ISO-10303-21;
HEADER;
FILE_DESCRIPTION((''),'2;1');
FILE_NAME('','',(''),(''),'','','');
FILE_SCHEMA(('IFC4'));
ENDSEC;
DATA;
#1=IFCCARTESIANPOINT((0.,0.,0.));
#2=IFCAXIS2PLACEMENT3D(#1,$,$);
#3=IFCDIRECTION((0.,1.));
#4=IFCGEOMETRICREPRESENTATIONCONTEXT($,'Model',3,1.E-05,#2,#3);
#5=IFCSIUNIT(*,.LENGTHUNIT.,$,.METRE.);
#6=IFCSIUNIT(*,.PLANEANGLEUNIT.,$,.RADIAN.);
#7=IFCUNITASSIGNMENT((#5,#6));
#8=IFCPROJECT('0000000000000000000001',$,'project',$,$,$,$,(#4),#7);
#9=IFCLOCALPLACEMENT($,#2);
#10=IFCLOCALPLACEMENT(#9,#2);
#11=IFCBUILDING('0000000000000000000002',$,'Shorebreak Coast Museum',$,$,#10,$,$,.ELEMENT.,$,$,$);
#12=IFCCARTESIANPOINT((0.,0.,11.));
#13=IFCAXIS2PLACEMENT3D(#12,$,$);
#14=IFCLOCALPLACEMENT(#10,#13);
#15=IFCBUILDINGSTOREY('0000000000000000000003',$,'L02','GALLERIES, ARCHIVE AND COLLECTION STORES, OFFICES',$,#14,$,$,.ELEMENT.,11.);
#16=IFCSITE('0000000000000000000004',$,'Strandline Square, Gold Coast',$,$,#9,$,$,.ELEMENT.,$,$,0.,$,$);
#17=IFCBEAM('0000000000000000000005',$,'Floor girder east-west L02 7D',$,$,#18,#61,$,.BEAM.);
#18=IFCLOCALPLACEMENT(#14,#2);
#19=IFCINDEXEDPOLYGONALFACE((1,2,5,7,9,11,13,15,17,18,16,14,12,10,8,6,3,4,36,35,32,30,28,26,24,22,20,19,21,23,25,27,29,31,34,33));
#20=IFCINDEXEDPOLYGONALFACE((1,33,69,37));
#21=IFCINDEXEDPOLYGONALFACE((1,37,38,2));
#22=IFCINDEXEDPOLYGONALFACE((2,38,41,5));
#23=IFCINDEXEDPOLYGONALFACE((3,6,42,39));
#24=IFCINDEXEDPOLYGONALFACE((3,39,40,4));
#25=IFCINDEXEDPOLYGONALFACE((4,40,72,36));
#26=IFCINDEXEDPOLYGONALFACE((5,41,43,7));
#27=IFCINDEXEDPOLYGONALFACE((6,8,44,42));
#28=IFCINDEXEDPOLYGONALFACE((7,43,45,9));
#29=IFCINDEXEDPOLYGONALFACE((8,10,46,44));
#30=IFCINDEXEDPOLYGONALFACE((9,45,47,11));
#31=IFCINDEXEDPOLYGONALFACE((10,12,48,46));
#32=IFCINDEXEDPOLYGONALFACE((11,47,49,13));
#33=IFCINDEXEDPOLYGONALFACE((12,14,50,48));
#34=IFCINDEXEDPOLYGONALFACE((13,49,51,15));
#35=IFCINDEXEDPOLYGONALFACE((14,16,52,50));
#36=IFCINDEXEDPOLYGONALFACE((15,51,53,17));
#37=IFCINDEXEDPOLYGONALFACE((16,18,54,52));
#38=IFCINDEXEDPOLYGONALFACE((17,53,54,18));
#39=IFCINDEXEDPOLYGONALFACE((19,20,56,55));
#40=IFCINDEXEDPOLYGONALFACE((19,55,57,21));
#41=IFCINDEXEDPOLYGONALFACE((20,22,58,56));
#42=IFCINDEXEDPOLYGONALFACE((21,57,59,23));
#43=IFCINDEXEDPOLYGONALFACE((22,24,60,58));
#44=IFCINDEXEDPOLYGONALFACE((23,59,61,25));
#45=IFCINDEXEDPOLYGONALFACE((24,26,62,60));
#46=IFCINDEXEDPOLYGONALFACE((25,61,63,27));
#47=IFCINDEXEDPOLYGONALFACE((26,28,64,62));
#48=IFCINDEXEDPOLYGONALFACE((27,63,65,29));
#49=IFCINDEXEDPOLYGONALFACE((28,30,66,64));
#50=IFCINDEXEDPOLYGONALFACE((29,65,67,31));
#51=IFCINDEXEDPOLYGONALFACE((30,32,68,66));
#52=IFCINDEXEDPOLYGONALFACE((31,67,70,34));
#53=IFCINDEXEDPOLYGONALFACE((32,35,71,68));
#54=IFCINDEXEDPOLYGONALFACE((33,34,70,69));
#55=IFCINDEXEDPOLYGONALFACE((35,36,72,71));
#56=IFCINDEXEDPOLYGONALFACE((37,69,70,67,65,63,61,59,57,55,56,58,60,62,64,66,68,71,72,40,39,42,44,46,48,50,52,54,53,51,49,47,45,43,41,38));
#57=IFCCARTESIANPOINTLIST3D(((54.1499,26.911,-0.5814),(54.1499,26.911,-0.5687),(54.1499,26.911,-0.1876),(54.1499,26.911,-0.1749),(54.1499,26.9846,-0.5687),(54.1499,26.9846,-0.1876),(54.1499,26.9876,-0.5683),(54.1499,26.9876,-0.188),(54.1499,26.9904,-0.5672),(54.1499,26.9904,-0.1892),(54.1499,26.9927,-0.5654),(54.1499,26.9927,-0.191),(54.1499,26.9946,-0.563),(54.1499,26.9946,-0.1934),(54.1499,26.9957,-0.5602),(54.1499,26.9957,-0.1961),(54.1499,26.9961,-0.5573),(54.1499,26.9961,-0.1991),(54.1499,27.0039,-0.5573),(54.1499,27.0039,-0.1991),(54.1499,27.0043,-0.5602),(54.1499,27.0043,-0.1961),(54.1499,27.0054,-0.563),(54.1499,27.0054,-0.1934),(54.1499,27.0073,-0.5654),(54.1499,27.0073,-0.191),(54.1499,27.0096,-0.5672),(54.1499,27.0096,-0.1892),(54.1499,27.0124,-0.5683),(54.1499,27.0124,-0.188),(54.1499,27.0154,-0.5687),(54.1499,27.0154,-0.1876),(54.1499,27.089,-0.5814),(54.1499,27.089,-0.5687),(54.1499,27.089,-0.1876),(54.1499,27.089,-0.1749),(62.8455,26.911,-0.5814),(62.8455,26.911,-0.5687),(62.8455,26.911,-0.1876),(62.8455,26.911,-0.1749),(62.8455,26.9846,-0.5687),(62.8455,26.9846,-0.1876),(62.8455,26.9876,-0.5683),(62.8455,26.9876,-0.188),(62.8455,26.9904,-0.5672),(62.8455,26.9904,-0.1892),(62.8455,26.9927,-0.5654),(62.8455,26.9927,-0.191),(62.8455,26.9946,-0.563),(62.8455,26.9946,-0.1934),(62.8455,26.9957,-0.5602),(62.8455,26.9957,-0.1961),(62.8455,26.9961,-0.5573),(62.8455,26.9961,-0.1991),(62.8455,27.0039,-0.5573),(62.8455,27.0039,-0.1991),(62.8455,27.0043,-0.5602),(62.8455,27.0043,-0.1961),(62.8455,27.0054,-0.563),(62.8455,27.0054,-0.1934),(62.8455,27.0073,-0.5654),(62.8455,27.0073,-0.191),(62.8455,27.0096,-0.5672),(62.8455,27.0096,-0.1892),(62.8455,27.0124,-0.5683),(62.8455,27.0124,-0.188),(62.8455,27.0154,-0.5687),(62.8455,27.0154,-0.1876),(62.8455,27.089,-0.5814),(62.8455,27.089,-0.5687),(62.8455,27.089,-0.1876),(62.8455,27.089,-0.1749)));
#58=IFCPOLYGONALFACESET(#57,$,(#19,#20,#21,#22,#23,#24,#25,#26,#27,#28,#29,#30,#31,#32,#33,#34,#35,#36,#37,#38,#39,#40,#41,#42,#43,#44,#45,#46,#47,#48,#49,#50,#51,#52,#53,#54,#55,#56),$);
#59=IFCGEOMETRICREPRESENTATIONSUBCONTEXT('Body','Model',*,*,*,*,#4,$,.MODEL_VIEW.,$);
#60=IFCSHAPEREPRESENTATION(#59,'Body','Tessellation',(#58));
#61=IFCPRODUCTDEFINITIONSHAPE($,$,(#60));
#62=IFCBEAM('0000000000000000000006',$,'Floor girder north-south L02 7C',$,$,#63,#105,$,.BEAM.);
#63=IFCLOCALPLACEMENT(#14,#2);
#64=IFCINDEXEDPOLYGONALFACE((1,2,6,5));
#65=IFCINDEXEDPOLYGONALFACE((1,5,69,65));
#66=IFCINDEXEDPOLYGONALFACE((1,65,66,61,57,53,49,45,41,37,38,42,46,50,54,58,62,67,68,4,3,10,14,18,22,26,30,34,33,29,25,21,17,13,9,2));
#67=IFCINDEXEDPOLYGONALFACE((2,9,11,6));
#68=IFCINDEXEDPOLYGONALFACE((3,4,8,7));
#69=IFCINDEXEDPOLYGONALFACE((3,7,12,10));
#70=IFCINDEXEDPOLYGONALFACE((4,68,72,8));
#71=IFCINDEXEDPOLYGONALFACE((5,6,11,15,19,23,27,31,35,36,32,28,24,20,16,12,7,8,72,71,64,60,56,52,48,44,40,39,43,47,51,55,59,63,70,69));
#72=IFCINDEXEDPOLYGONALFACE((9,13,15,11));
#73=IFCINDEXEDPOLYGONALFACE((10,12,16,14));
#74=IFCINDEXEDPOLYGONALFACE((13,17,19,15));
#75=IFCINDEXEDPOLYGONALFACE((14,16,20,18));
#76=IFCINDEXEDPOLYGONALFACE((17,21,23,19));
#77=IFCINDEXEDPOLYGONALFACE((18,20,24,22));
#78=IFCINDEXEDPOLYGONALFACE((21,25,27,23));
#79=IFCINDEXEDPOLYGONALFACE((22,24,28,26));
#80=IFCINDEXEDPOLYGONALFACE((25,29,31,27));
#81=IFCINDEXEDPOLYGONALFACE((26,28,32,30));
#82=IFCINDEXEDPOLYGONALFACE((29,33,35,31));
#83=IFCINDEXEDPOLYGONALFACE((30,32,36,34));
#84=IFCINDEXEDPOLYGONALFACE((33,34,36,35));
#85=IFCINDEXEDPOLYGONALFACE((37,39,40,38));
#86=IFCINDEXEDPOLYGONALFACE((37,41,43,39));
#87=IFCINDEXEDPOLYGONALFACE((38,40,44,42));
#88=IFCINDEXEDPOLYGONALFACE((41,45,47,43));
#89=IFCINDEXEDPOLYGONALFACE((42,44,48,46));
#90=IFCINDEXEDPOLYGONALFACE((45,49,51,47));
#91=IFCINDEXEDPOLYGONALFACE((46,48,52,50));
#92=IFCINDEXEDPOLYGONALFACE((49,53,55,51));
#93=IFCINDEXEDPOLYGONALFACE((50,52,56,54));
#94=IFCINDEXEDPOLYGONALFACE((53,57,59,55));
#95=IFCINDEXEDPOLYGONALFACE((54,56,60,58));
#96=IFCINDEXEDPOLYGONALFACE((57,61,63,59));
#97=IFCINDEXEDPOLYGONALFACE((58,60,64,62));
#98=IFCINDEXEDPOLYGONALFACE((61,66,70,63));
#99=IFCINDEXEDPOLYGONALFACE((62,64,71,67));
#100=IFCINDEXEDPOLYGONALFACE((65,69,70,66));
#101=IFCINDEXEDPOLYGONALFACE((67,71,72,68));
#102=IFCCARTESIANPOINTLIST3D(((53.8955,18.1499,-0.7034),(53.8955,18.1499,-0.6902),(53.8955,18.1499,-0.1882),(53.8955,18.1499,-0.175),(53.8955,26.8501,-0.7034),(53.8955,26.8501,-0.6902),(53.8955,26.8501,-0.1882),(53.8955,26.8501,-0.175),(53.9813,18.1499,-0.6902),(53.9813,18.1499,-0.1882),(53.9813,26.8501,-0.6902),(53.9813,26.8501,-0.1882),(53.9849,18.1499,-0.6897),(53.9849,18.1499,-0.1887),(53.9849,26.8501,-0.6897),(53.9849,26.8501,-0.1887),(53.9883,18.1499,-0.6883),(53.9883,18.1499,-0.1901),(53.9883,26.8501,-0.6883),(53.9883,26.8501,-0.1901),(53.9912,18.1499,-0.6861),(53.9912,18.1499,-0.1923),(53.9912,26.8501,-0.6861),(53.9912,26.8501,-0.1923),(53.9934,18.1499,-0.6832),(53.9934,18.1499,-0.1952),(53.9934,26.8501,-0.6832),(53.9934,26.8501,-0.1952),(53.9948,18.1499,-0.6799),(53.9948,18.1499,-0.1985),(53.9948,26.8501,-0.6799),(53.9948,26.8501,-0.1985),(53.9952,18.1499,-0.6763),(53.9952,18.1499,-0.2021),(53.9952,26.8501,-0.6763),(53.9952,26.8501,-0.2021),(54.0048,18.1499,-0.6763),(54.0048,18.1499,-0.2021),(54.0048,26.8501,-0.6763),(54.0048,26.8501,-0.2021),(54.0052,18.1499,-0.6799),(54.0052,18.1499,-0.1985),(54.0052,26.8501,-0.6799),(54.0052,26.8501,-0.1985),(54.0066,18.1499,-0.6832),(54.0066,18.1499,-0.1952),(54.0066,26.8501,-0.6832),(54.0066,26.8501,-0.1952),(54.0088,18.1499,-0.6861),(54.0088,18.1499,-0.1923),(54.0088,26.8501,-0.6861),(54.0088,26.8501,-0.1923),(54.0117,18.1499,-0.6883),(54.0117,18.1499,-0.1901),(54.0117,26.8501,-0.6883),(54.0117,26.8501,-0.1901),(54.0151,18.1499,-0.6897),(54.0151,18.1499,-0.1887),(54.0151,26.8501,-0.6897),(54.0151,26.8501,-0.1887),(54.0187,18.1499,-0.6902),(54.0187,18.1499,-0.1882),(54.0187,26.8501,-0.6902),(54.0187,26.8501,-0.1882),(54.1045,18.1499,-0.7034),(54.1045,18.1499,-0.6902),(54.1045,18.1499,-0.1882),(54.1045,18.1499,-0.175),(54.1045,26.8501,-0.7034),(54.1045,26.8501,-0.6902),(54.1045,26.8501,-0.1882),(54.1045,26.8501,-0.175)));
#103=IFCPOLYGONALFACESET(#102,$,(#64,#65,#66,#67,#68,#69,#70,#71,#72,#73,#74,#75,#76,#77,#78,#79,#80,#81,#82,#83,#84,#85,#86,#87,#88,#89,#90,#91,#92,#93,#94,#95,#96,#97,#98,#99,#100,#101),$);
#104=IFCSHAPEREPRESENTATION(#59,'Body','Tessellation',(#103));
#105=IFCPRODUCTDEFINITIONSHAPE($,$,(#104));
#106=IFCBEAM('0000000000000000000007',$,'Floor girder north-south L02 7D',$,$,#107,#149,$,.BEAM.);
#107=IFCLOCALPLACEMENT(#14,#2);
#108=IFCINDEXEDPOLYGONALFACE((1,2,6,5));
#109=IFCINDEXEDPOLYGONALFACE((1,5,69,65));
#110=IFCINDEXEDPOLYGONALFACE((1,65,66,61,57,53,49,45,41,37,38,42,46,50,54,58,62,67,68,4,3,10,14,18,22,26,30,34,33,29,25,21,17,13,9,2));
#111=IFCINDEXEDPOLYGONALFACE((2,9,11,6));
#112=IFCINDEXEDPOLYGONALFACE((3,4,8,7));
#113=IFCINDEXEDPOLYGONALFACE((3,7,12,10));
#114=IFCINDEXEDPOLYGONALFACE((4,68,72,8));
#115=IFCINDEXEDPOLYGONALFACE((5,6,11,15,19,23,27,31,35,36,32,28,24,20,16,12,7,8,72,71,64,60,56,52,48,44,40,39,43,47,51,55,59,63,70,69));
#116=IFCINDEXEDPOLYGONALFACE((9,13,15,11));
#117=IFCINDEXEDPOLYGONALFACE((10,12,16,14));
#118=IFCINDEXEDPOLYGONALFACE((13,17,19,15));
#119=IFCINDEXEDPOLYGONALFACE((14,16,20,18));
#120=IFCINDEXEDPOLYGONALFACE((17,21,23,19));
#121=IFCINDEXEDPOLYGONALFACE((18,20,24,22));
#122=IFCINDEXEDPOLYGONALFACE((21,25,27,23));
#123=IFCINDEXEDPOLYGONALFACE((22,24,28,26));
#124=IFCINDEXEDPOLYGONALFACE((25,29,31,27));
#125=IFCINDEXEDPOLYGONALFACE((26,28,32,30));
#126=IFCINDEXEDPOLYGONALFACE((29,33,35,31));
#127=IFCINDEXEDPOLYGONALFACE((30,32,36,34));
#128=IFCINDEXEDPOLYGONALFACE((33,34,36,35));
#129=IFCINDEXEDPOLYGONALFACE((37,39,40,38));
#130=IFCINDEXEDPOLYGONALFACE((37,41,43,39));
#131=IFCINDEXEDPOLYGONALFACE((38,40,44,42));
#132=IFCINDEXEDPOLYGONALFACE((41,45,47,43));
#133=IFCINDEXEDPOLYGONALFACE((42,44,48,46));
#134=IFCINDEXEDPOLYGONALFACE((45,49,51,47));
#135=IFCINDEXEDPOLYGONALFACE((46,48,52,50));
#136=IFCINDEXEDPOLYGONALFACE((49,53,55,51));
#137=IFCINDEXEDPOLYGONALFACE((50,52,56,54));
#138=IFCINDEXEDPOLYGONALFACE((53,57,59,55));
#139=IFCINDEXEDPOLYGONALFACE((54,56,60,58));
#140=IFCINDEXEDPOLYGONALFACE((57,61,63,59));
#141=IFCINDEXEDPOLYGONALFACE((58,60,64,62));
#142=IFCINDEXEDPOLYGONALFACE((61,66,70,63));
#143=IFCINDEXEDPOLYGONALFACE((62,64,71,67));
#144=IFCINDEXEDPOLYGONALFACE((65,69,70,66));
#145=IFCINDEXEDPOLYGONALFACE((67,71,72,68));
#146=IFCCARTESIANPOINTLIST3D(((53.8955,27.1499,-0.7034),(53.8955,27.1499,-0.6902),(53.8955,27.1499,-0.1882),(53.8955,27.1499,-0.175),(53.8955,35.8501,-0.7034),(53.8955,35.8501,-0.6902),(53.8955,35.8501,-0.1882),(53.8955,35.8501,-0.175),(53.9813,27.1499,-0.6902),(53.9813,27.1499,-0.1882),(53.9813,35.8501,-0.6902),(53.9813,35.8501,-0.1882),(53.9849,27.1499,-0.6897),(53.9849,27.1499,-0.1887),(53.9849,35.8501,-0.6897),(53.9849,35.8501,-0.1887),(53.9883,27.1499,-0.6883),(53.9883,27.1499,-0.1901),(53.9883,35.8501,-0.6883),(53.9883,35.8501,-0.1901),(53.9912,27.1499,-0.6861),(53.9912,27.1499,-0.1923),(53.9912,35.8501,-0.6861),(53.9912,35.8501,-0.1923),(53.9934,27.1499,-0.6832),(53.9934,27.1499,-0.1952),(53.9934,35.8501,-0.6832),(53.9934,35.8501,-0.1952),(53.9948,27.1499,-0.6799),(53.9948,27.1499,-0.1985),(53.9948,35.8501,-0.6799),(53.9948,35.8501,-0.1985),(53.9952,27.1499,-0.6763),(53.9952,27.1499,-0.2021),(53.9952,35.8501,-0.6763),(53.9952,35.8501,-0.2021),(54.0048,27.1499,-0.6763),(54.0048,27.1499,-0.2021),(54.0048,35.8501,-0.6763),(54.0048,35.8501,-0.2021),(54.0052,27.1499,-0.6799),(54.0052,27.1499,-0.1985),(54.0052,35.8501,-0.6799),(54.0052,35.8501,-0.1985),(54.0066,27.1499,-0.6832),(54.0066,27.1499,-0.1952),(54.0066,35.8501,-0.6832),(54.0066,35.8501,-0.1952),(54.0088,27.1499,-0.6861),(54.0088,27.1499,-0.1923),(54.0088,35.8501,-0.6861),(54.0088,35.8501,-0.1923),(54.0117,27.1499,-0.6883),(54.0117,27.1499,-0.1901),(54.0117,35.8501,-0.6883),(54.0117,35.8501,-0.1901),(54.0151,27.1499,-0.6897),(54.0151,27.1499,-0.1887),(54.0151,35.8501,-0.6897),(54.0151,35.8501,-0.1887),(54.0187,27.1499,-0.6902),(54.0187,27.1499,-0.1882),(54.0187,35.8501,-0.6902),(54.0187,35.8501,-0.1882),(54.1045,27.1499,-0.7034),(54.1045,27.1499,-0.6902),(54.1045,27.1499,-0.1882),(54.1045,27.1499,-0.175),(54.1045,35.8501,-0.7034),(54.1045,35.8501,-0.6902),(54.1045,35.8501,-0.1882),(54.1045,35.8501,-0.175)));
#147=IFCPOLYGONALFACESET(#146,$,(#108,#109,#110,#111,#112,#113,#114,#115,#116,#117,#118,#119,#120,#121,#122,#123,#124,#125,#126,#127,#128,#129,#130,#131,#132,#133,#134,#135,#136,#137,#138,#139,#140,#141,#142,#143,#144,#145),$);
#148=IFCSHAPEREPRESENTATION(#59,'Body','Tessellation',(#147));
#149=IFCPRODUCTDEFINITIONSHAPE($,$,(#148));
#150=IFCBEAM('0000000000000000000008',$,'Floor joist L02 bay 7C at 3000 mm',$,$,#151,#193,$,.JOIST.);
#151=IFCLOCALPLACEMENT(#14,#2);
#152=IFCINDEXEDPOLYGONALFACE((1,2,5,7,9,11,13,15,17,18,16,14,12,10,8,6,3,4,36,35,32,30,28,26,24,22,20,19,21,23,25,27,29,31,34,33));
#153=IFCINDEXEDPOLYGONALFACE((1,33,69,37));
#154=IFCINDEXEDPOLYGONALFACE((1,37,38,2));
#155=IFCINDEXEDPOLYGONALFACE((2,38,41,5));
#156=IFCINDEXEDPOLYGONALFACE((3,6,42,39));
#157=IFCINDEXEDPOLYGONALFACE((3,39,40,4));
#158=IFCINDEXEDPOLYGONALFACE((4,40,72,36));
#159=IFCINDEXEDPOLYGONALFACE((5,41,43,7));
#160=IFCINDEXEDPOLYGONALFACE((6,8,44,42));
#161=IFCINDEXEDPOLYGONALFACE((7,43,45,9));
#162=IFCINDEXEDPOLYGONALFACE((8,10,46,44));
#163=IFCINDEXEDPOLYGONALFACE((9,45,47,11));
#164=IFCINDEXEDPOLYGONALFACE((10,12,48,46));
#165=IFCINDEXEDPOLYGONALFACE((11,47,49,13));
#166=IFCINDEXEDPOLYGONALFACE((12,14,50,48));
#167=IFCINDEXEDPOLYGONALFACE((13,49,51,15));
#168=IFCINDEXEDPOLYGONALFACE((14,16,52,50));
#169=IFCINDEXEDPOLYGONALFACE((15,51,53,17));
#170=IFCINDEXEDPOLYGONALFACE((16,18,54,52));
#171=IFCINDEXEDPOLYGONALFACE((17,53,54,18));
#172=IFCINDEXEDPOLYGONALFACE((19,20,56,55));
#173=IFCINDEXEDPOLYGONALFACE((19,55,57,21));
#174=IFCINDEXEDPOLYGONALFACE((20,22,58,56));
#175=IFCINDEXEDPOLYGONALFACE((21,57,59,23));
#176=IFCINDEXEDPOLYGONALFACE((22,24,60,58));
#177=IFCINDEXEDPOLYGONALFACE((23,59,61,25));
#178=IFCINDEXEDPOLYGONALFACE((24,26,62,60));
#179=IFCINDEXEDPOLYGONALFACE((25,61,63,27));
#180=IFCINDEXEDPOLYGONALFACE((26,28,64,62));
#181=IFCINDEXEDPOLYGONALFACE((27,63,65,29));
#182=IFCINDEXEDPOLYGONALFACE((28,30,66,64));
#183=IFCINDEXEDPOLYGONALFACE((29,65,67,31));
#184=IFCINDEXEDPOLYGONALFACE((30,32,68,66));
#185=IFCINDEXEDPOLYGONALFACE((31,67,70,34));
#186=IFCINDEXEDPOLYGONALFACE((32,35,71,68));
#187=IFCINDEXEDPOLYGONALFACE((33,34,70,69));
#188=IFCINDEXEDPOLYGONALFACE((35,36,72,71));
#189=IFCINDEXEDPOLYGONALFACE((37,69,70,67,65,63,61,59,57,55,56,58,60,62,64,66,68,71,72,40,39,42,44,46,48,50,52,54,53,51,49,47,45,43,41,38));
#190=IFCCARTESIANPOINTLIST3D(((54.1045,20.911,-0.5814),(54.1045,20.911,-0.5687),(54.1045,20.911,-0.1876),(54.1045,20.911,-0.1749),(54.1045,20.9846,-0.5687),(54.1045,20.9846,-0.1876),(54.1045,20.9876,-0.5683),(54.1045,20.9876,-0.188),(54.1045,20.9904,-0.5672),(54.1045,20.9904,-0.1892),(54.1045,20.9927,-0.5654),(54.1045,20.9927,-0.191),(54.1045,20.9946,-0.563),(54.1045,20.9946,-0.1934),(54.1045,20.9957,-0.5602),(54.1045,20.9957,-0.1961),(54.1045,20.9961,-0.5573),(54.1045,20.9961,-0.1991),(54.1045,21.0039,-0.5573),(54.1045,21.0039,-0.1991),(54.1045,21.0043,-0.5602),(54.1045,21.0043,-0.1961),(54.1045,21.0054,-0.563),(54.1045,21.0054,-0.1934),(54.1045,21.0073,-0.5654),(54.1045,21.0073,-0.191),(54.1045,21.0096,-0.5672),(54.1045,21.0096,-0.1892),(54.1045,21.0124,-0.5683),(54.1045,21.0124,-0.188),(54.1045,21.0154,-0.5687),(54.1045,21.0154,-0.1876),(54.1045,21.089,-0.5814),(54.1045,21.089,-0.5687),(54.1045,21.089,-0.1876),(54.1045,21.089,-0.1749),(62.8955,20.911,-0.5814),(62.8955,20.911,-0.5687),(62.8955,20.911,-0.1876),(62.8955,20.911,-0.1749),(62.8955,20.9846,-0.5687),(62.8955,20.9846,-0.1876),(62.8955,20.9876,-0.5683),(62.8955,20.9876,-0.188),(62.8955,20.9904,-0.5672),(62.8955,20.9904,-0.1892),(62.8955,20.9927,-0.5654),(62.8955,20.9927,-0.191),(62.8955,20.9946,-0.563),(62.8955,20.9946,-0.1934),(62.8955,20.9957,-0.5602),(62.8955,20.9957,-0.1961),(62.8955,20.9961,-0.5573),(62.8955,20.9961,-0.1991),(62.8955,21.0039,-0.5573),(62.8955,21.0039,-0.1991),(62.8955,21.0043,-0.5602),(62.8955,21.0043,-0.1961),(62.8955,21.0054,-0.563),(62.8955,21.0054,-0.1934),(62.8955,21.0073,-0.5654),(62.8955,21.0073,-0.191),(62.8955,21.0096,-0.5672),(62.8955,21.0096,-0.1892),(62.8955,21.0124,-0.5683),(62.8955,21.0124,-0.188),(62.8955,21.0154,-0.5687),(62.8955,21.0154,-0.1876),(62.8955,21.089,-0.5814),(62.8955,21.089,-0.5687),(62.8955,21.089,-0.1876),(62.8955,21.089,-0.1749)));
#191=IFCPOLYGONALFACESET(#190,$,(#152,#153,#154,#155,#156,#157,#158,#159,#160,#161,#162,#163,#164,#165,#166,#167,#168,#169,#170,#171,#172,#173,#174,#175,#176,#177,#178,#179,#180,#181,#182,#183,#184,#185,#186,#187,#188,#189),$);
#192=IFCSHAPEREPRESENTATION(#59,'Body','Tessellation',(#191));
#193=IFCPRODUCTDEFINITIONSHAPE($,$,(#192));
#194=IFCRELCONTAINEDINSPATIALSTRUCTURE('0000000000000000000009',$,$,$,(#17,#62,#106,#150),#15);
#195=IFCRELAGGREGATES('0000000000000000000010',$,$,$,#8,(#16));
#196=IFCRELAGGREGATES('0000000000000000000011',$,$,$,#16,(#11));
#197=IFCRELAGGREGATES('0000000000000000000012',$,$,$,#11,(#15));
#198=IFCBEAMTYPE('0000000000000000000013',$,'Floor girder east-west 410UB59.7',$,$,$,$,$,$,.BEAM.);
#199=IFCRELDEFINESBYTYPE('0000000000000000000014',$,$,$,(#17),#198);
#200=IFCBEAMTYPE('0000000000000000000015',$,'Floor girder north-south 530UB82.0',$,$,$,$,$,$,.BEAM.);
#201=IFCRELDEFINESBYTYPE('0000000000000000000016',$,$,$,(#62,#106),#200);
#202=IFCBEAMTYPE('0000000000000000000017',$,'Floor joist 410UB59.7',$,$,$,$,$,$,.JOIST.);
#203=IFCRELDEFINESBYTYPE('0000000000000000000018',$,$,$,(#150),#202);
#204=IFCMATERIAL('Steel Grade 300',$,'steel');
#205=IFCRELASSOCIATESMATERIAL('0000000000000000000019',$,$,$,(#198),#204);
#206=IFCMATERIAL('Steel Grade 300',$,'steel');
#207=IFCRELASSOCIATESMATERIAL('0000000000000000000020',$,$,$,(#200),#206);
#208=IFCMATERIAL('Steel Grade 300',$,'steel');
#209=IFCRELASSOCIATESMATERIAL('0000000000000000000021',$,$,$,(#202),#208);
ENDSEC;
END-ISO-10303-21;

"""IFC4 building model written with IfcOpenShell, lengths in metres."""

from ifc_helpers import new_model, si_unit, direction, frame, origin, origin_2d, place, context, subcontext, project, spatial, i_section, extrude, material, material_profile, profile_set, type_object, element, save


model = new_model("IFC4")

# Units and contexts
model_context = context("Model", 3, precision=1e-05, world=origin(), true_north=direction((0.0, 1.0)))
body_context = subcontext(model_context, "Body", "Model", "MODEL_VIEW")
ifc_project = project(units=[si_unit("LENGTHUNIT", "METRE"), si_unit("PLANEANGLEUNIT", "RADIAN")], contexts=[model_context])

# Site, building, storey
site_placement = place(None, origin())
site = spatial("IfcSite", under=ifc_project, at=site_placement, Name="Strandline Square, Gold Coast", CompositionType="ELEMENT", RefElevation=0.0)
building_placement = place(site_placement, origin())
building = spatial("IfcBuilding", under=site, at=building_placement, Name="Shorebreak Coast Museum", CompositionType="ELEMENT")
storey_placement = place(building_placement, frame((0.0, 0.0, 11.0)))
storey = spatial("IfcBuildingStorey", under=building, at=storey_placement, Name="L02", Description="GALLERIES, ARCHIVE AND COLLECTION STORES, OFFICES", CompositionType="ELEMENT", Elevation=11.0)

# Beams
ifc_material_1 = material(Name="Steel Grade 300", Category="steel")
ifc_material_profile_1 = material_profile(ifc_material_1, i_section(OverallWidth=0.178, OverallDepth=0.4065, WebThickness=0.0078, FlangeThickness=0.0127, FilletRadius=0.0115, at=origin_2d()), Name="410UB59.7")
ifc_profile_set_1 = profile_set([ifc_material_profile_1], Name="Steel Grade 300")
beam_type_1 = type_object("IfcBeamType", Name="Floor girder east-west 410UB59.7", PredefinedType="BEAM", material=ifc_profile_set_1)
for number, where, z_axis, x_axis, name in (
    (1, (54.1499, 27.0, -0.3782), (1.0, 0.0, 0.0), (0.0, 1.0, 0.0), "Floor girder east-west L02 7D"),
):
    element("IfcBeam", number, at=place(storey_placement, frame(where, z_axis=z_axis, x_axis=x_axis)), inside=storey, type_object=beam_type_1, Name=name, PredefinedType="BEAM", context=body_context, shape_type="SweptSolid", body=[
        extrude(i_section(OverallWidth=0.178, OverallDepth=0.4065, WebThickness=0.0078, FlangeThickness=0.0127, FilletRadius=0.0115, at=origin_2d()), origin(), (0.0, 0.0, 1.0), 8.6956),
    ])
ifc_material_2 = material(Name="Steel Grade 300", Category="steel")
ifc_material_profile_2 = material_profile(ifc_material_2, i_section(OverallWidth=0.209, OverallDepth=0.5283, WebThickness=0.0095, FlangeThickness=0.0132, FilletRadius=0.0139, at=origin_2d()), Name="530UB82.0")
ifc_profile_set_2 = profile_set([ifc_material_profile_2], Name="Steel Grade 300")
beam_type_2 = type_object("IfcBeamType", Name="Floor girder north-south 530UB82.0", PredefinedType="BEAM", material=ifc_profile_set_2)
for number, where, z_axis, x_axis, name in (
    (2, (54.0, 18.1499, -0.4392), (0.0, 1.0, 0.0), (-1.0, 0.0, 0.0), "Floor girder north-south L02 7C"),
    (3, (54.0, 27.1499, -0.4392), (0.0, 1.0, 0.0), (-1.0, 0.0, 0.0), "Floor girder north-south L02 7D"),
):
    element("IfcBeam", number, at=place(storey_placement, frame(where, z_axis=z_axis, x_axis=x_axis)), inside=storey, type_object=beam_type_2, Name=name, PredefinedType="BEAM", context=body_context, shape_type="SweptSolid", body=[
        extrude(i_section(OverallWidth=0.209, OverallDepth=0.5283, WebThickness=0.0095, FlangeThickness=0.0132, FilletRadius=0.0139, at=origin_2d()), origin(), (0.0, 0.0, 1.0), 8.7002),
    ])
ifc_material_3 = material(Name="Steel Grade 300", Category="steel")
ifc_material_profile_3 = material_profile(ifc_material_3, i_section(OverallWidth=0.178, OverallDepth=0.4065, WebThickness=0.0078, FlangeThickness=0.0127, FilletRadius=0.0115, at=origin_2d()), Name="410UB59.7")
ifc_profile_set_3 = profile_set([ifc_material_profile_3], Name="Steel Grade 300")
beam_type_3 = type_object("IfcBeamType", Name="Floor joist 410UB59.7", PredefinedType="JOIST", material=ifc_profile_set_3)
for number, where, z_axis, x_axis, name in (
    (4, (54.1045, 21.0, -0.3782), (1.0, 0.0, 0.0), (0.0, 1.0, 0.0), "Floor joist L02 bay 7C at 3000 mm"),
):
    element("IfcBeam", number, at=place(storey_placement, frame(where, z_axis=z_axis, x_axis=x_axis)), inside=storey, type_object=beam_type_3, Name=name, PredefinedType="JOIST", context=body_context, shape_type="SweptSolid", body=[
        extrude(i_section(OverallWidth=0.178, OverallDepth=0.4065, WebThickness=0.0078, FlangeThickness=0.0127, FilletRadius=0.0115, at=origin_2d()), origin(), (0.0, 0.0, 1.0), 8.791),
    ])

save(model, "model.ifc")
